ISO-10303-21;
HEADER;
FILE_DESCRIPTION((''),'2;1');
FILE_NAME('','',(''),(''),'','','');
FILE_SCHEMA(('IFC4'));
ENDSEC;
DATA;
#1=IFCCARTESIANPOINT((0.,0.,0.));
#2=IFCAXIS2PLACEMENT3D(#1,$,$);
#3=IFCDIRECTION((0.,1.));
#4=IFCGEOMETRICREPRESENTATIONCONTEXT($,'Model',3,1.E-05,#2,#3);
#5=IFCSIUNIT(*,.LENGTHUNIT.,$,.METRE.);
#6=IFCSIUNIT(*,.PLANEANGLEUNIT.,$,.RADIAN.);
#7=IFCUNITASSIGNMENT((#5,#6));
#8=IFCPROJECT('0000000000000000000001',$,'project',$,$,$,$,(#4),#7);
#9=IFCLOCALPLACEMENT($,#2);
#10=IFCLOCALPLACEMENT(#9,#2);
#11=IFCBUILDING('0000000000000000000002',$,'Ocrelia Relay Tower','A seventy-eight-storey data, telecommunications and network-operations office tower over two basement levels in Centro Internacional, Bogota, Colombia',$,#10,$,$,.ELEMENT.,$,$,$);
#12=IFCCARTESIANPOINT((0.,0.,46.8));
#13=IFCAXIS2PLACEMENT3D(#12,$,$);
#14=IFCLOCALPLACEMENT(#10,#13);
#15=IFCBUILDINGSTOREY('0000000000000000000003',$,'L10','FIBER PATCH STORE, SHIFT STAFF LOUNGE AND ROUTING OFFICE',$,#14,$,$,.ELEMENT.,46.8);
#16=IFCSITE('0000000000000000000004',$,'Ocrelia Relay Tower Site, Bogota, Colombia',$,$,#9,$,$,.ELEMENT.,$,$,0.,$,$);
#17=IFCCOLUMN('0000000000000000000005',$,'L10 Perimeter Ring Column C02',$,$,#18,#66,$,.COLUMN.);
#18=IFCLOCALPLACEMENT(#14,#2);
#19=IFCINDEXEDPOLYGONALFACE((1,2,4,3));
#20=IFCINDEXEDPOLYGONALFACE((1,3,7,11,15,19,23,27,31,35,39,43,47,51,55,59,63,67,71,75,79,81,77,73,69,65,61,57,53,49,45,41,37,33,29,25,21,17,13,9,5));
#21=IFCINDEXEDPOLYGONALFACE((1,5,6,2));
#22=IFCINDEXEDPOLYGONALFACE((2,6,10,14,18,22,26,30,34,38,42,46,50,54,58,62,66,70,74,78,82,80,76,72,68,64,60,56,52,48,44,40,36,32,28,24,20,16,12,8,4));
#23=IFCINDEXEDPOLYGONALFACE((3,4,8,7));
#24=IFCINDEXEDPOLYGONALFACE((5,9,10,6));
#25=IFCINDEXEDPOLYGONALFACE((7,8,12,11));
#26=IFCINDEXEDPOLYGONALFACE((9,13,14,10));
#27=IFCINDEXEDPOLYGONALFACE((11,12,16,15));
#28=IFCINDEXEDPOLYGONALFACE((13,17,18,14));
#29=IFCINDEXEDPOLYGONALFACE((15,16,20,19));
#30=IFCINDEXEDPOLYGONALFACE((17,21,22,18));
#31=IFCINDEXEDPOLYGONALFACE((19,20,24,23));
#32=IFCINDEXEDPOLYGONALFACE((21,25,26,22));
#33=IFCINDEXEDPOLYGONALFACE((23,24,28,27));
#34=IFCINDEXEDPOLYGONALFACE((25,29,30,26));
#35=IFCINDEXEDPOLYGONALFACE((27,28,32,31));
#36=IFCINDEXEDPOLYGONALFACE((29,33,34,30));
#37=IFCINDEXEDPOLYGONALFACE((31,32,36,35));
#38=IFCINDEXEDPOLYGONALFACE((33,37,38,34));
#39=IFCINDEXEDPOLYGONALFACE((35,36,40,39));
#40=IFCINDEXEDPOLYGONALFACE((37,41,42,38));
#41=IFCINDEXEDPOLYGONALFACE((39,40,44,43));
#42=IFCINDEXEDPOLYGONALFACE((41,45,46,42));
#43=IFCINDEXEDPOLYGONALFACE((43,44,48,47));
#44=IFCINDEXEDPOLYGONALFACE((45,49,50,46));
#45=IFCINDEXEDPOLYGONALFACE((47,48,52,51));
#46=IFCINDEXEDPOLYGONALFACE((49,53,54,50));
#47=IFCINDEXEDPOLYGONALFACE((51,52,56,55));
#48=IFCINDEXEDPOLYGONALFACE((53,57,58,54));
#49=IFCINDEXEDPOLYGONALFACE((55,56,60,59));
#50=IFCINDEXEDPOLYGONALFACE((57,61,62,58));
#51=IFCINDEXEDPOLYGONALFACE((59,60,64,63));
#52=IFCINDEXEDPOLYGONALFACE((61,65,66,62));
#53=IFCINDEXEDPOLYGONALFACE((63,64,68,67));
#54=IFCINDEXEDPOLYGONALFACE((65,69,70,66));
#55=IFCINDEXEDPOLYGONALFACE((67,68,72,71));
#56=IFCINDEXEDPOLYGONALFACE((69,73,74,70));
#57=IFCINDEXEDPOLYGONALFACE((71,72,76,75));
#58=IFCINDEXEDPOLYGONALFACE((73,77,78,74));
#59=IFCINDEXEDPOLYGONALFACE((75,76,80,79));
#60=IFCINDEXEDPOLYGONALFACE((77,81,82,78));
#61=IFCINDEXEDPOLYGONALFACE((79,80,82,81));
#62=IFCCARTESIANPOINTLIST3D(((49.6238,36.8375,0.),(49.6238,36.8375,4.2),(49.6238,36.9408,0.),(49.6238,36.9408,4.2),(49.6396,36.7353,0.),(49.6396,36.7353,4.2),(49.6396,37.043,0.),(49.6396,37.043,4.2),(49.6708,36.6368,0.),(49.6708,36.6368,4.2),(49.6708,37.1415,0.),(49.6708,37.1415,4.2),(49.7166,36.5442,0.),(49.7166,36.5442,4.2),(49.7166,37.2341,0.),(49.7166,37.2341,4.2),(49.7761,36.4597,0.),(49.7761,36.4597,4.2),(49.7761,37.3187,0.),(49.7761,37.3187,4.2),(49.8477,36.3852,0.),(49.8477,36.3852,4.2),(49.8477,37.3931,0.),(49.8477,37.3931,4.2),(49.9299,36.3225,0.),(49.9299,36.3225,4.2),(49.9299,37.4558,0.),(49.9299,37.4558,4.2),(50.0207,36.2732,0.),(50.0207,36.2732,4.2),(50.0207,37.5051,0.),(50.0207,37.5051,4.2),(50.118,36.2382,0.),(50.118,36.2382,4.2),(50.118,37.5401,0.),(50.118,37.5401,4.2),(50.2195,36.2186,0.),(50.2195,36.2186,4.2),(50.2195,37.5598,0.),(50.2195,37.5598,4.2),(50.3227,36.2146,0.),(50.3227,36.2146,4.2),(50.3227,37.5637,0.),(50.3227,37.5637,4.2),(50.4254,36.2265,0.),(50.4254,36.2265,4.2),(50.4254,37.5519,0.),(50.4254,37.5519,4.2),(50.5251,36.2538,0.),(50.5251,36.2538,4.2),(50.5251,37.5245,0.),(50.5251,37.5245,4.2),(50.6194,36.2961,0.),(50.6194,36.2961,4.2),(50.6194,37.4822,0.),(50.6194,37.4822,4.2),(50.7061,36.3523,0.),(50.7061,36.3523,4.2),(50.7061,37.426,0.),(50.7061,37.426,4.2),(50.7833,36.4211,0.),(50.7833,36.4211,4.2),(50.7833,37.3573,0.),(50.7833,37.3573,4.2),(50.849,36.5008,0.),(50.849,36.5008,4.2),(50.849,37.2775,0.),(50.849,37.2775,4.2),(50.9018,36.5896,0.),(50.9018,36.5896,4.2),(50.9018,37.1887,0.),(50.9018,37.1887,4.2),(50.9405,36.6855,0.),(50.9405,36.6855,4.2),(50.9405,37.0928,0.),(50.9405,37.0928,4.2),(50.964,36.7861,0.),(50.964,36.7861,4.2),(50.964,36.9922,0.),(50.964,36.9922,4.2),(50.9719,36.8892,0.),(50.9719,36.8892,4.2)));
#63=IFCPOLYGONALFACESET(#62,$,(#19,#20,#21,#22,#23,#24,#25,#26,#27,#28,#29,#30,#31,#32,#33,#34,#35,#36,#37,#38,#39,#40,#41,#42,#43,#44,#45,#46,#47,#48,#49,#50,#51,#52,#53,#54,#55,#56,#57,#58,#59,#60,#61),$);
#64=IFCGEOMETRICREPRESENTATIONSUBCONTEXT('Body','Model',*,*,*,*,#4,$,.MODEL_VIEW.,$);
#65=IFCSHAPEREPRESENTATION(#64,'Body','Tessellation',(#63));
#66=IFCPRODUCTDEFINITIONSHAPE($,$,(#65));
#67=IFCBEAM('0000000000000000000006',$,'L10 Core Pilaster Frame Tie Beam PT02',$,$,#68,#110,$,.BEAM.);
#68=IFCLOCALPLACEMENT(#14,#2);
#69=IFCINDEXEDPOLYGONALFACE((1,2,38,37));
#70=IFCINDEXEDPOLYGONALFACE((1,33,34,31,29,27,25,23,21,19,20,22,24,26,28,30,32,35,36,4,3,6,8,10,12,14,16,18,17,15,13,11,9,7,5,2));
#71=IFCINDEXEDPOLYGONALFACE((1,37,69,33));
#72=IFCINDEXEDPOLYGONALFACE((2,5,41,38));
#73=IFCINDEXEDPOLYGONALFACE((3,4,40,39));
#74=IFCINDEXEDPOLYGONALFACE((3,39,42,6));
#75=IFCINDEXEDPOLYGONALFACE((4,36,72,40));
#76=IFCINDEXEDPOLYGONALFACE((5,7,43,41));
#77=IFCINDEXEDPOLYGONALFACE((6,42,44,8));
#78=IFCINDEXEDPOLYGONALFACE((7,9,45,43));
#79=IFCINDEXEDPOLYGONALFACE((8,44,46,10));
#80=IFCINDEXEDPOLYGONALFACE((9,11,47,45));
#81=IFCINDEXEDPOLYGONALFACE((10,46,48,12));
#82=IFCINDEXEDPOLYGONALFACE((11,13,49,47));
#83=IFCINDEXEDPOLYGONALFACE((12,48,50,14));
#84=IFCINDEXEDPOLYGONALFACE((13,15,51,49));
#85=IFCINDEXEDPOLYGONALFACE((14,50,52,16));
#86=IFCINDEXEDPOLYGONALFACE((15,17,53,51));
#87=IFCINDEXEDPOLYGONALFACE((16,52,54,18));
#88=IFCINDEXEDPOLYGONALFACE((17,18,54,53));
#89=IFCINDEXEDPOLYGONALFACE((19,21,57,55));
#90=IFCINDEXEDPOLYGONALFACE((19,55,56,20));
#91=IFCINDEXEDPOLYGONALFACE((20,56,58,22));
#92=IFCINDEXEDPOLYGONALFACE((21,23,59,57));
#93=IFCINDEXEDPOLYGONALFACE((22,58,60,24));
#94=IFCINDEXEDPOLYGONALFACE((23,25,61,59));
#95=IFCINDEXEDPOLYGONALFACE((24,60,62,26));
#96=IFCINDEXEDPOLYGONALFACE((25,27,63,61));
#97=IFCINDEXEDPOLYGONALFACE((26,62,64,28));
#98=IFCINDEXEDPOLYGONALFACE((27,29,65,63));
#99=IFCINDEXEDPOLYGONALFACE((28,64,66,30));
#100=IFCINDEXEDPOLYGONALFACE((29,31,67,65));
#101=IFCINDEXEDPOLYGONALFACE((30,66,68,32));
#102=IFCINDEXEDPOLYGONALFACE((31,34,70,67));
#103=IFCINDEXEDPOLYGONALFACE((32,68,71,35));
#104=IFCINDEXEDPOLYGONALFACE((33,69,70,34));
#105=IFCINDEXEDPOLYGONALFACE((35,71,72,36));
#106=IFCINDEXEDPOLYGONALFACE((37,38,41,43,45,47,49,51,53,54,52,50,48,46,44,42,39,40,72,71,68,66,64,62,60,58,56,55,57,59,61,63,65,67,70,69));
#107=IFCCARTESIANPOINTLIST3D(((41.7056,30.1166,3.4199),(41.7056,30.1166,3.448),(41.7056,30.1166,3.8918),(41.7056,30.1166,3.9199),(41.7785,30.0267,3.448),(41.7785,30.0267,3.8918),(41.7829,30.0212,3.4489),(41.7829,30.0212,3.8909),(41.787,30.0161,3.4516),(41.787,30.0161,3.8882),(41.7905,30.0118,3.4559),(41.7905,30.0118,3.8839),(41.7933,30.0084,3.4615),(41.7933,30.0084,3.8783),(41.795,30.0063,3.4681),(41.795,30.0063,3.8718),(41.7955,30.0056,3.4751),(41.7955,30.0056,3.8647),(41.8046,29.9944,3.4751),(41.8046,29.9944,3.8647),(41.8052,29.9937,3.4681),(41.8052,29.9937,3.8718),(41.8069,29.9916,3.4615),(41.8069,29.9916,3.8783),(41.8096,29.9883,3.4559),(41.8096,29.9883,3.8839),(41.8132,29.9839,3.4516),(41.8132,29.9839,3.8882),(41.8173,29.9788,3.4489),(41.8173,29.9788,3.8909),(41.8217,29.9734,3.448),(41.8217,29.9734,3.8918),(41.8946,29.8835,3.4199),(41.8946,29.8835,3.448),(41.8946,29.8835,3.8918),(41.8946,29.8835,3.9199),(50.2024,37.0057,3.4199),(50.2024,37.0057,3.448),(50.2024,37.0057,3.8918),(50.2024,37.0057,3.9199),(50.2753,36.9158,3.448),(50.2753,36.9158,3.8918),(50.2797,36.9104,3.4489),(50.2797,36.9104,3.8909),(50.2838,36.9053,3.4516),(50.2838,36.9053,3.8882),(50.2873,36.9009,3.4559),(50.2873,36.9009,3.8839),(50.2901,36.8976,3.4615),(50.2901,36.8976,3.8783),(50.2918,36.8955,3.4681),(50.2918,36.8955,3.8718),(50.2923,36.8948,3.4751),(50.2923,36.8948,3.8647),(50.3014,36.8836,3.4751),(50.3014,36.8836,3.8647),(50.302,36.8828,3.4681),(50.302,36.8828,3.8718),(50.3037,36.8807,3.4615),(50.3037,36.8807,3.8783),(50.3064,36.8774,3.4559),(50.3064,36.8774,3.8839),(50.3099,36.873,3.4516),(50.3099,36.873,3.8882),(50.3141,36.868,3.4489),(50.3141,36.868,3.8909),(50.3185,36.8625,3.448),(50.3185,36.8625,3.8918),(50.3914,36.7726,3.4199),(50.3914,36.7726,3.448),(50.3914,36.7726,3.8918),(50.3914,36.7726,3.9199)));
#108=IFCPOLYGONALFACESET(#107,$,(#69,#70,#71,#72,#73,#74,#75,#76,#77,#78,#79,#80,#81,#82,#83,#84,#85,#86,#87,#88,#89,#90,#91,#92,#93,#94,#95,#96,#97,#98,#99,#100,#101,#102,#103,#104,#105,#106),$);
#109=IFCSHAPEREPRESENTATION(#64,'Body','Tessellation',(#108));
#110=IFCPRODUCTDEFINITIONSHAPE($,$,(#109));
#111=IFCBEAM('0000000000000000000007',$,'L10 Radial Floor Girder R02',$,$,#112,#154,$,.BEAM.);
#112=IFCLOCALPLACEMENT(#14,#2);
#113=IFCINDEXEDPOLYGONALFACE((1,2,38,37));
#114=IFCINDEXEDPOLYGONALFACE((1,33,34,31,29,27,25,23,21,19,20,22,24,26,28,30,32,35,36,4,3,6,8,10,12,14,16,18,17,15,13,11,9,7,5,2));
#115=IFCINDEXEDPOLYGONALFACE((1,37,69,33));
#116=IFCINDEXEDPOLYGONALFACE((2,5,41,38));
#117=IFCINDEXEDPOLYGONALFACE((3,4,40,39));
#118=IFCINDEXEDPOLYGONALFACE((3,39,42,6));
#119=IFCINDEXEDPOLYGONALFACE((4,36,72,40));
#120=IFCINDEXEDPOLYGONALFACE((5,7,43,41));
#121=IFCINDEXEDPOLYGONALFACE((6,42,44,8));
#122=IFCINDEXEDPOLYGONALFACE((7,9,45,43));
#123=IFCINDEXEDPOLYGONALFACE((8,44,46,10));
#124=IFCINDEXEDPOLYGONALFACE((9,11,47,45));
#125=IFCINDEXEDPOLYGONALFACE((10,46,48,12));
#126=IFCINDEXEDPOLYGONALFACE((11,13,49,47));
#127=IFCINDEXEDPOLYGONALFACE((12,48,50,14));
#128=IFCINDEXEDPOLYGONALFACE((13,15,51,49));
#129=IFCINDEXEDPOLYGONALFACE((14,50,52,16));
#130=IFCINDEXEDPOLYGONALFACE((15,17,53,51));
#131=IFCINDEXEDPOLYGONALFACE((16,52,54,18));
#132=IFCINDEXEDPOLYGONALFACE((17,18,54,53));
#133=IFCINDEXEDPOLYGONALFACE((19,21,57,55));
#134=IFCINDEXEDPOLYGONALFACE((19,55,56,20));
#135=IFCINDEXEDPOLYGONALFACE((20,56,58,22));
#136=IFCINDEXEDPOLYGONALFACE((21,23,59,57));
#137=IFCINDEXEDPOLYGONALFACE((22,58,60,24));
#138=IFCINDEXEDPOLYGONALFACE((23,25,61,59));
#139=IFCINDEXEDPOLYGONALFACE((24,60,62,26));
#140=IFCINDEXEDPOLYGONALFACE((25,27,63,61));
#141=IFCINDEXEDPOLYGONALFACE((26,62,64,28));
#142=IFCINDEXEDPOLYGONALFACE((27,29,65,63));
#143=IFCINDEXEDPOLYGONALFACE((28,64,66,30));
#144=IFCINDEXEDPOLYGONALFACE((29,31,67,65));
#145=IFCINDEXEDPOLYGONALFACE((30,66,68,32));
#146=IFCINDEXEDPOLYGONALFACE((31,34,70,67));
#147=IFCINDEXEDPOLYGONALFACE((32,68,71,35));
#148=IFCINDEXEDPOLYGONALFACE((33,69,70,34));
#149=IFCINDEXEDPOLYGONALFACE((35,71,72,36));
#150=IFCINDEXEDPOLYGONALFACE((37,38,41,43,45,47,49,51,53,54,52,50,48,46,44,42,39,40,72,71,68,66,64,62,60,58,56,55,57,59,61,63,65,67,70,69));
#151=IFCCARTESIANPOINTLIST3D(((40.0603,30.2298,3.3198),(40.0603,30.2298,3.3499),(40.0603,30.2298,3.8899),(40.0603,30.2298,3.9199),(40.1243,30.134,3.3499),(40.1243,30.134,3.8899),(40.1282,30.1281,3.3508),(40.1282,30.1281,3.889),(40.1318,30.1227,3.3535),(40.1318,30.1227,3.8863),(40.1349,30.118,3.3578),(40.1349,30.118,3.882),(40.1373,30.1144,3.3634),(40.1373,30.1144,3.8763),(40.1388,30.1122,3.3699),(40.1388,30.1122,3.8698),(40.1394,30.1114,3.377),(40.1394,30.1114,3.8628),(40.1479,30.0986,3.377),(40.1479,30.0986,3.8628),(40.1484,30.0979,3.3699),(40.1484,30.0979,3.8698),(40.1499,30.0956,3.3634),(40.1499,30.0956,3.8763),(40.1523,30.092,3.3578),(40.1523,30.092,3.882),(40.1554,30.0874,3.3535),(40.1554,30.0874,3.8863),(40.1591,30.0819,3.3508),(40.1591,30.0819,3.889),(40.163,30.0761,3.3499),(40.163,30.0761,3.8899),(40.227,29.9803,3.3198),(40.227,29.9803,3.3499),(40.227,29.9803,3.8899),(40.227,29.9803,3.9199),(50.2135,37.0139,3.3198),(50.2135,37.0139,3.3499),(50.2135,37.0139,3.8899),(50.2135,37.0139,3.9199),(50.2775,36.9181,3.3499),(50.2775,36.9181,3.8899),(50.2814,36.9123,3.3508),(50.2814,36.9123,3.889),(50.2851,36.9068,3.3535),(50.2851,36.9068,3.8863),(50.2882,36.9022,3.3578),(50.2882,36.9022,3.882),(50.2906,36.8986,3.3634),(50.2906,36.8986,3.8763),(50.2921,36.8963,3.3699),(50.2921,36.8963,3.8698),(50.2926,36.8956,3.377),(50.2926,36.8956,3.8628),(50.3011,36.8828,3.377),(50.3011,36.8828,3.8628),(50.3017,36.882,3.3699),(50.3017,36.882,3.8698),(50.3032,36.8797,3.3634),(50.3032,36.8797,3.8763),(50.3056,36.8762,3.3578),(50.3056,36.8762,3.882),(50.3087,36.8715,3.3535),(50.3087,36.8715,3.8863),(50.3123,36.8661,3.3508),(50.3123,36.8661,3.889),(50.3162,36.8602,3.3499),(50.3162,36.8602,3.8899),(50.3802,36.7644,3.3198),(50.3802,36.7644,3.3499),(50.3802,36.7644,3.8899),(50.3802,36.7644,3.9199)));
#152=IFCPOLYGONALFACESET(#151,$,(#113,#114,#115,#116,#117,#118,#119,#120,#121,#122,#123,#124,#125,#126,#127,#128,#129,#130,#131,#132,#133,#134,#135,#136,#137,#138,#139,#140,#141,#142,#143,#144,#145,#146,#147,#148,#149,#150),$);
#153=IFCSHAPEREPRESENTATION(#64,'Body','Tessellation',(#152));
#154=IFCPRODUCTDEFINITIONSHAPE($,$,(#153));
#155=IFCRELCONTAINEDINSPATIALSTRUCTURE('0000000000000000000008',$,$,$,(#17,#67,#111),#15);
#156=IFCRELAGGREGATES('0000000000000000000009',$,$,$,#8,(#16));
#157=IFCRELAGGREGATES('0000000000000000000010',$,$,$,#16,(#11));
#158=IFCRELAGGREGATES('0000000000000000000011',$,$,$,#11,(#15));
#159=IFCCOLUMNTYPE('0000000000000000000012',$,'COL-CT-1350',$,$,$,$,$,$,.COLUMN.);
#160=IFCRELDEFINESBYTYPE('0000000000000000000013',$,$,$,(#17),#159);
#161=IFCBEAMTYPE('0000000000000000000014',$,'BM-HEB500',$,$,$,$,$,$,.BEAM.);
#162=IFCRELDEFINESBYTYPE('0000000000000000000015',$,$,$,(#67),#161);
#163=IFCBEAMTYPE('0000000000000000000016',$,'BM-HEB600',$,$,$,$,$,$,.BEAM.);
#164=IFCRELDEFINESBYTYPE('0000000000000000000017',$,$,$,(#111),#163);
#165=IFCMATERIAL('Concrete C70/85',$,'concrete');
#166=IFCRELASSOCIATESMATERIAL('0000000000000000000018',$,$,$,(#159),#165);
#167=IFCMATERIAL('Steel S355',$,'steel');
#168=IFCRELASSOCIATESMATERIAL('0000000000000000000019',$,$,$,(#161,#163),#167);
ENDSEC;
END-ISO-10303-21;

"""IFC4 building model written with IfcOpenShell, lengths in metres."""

from ifc_helpers import new_model, si_unit, direction, frame, origin, origin_2d, place, context, subcontext, project, spatial, circle, i_section, extrude, material, material_profile, profile_set, type_object, element, save


model = new_model("IFC4")

# Units and contexts
model_context = context("Model", 3, precision=1e-05, world=origin(), true_north=direction((0.0, 1.0)))
body_context = subcontext(model_context, "Body", "Model", "MODEL_VIEW")
ifc_project = project(units=[si_unit("LENGTHUNIT", "METRE"), si_unit("PLANEANGLEUNIT", "RADIAN")], contexts=[model_context])

# Site, building, storey
site_placement = place(None, origin())
site = spatial("IfcSite", under=ifc_project, at=site_placement, Name="Ocrelia Relay Tower Site, Bogota, Colombia", CompositionType="ELEMENT", RefElevation=0.0)
building_placement = place(site_placement, origin())
building = spatial("IfcBuilding", under=site, at=building_placement, Name="Ocrelia Relay Tower", Description="A seventy-eight-storey data, telecommunications and network-operations office tower over two basement levels in Centro Internacional, Bogota, Colombia", CompositionType="ELEMENT")
storey_placement = place(building_placement, frame((0.0, 0.0, 46.8)))
storey = spatial("IfcBuildingStorey", under=building, at=storey_placement, Name="L10", Description="FIBER PATCH STORE, SHIFT STAFF LOUNGE AND ROUTING OFFICE", CompositionType="ELEMENT", Elevation=46.8)

# Column
ifc_material_1 = material(Name="Concrete C70/85", Category="concrete")
ifc_material_profile_1 = material_profile(ifc_material_1, circle(Radius=0.675, at=origin_2d()), Name="RC-CIR-1350")
ifc_profile_set_1 = profile_set([ifc_material_profile_1], Name="Concrete C70/85")
column_type = type_object("IfcColumnType", Name="COL-CT-1350", PredefinedType="COLUMN", material=ifc_profile_set_1)
column_placement = place(storey_placement, frame((50.2969, 36.8892, 0.0), z_axis=(0.0, 0.0, 1.0), x_axis=(1.0, 0.0, 0.0)))
element("IfcColumn", 1, at=column_placement, inside=storey, type_object=column_type, Name="L10 Perimeter Ring Column C02", PredefinedType="COLUMN", context=body_context, shape_type="SweptSolid", body=[
    extrude(circle(Radius=0.675, at=origin_2d()), origin(), (0.0, 0.0, 1.0), 4.2),
])

# Beams
ifc_material_2 = material(Name="Steel S355", Category="steel")
ifc_material_profile_2 = material_profile(ifc_material_2, i_section(OverallWidth=0.3, OverallDepth=0.5, WebThickness=0.0144, FlangeThickness=0.0281, FilletRadius=0.0271, at=origin_2d()), Name="HEB 500")
ifc_profile_set_2 = profile_set([ifc_material_profile_2], Name="Steel S355")
beam_type_1 = type_object("IfcBeamType", Name="BM-HEB500", PredefinedType="BEAM", material=ifc_profile_set_2)
beam_1_placement = place(storey_placement, frame((50.2969, 36.8892, 3.6699), z_axis=(-0.776763, -0.629793, 0.0), x_axis=(0.629793, -0.776763, 0.0)))
element("IfcBeam", 2, at=beam_1_placement, inside=storey, type_object=beam_type_1, Name="L10 Core Pilaster Frame Tie Beam PT02", PredefinedType="BEAM", context=body_context, shape_type="SweptSolid", body=[
    extrude(i_section(OverallWidth=0.3, OverallDepth=0.5, WebThickness=0.0144, FlangeThickness=0.0281, FilletRadius=0.0271, at=origin_2d()), origin(), (0.0, 0.0, 1.0), 10.9387),
])
ifc_material_profile_3 = material_profile(ifc_material_2, i_section(OverallWidth=0.3, OverallDepth=0.6001, WebThickness=0.0154, FlangeThickness=0.03, FilletRadius=0.0271, at=origin_2d()), Name="HEB 600")
ifc_profile_set_3 = profile_set([ifc_material_profile_3], Name="Steel S355")
beam_type_2 = type_object("IfcBeamType", Name="BM-HEB600", PredefinedType="BEAM", material=ifc_profile_set_3)
beam_2_placement = place(storey_placement, frame((50.2969, 36.8892, 3.6199), z_axis=(-0.831472, -0.555567, 0.0), x_axis=(0.555567, -0.831472, 0.0)))
element("IfcBeam", 3, at=beam_2_placement, inside=storey, type_object=beam_type_2, Name="L10 Radial Floor Girder R02", PredefinedType="BEAM", context=body_context, shape_type="SweptSolid", body=[
    extrude(i_section(OverallWidth=0.3, OverallDepth=0.6001, WebThickness=0.0154, FlangeThickness=0.03, FilletRadius=0.0271, at=origin_2d()), origin(), (0.0, 0.0, 1.0), 12.2112),
])

save(model, "model.ifc")
